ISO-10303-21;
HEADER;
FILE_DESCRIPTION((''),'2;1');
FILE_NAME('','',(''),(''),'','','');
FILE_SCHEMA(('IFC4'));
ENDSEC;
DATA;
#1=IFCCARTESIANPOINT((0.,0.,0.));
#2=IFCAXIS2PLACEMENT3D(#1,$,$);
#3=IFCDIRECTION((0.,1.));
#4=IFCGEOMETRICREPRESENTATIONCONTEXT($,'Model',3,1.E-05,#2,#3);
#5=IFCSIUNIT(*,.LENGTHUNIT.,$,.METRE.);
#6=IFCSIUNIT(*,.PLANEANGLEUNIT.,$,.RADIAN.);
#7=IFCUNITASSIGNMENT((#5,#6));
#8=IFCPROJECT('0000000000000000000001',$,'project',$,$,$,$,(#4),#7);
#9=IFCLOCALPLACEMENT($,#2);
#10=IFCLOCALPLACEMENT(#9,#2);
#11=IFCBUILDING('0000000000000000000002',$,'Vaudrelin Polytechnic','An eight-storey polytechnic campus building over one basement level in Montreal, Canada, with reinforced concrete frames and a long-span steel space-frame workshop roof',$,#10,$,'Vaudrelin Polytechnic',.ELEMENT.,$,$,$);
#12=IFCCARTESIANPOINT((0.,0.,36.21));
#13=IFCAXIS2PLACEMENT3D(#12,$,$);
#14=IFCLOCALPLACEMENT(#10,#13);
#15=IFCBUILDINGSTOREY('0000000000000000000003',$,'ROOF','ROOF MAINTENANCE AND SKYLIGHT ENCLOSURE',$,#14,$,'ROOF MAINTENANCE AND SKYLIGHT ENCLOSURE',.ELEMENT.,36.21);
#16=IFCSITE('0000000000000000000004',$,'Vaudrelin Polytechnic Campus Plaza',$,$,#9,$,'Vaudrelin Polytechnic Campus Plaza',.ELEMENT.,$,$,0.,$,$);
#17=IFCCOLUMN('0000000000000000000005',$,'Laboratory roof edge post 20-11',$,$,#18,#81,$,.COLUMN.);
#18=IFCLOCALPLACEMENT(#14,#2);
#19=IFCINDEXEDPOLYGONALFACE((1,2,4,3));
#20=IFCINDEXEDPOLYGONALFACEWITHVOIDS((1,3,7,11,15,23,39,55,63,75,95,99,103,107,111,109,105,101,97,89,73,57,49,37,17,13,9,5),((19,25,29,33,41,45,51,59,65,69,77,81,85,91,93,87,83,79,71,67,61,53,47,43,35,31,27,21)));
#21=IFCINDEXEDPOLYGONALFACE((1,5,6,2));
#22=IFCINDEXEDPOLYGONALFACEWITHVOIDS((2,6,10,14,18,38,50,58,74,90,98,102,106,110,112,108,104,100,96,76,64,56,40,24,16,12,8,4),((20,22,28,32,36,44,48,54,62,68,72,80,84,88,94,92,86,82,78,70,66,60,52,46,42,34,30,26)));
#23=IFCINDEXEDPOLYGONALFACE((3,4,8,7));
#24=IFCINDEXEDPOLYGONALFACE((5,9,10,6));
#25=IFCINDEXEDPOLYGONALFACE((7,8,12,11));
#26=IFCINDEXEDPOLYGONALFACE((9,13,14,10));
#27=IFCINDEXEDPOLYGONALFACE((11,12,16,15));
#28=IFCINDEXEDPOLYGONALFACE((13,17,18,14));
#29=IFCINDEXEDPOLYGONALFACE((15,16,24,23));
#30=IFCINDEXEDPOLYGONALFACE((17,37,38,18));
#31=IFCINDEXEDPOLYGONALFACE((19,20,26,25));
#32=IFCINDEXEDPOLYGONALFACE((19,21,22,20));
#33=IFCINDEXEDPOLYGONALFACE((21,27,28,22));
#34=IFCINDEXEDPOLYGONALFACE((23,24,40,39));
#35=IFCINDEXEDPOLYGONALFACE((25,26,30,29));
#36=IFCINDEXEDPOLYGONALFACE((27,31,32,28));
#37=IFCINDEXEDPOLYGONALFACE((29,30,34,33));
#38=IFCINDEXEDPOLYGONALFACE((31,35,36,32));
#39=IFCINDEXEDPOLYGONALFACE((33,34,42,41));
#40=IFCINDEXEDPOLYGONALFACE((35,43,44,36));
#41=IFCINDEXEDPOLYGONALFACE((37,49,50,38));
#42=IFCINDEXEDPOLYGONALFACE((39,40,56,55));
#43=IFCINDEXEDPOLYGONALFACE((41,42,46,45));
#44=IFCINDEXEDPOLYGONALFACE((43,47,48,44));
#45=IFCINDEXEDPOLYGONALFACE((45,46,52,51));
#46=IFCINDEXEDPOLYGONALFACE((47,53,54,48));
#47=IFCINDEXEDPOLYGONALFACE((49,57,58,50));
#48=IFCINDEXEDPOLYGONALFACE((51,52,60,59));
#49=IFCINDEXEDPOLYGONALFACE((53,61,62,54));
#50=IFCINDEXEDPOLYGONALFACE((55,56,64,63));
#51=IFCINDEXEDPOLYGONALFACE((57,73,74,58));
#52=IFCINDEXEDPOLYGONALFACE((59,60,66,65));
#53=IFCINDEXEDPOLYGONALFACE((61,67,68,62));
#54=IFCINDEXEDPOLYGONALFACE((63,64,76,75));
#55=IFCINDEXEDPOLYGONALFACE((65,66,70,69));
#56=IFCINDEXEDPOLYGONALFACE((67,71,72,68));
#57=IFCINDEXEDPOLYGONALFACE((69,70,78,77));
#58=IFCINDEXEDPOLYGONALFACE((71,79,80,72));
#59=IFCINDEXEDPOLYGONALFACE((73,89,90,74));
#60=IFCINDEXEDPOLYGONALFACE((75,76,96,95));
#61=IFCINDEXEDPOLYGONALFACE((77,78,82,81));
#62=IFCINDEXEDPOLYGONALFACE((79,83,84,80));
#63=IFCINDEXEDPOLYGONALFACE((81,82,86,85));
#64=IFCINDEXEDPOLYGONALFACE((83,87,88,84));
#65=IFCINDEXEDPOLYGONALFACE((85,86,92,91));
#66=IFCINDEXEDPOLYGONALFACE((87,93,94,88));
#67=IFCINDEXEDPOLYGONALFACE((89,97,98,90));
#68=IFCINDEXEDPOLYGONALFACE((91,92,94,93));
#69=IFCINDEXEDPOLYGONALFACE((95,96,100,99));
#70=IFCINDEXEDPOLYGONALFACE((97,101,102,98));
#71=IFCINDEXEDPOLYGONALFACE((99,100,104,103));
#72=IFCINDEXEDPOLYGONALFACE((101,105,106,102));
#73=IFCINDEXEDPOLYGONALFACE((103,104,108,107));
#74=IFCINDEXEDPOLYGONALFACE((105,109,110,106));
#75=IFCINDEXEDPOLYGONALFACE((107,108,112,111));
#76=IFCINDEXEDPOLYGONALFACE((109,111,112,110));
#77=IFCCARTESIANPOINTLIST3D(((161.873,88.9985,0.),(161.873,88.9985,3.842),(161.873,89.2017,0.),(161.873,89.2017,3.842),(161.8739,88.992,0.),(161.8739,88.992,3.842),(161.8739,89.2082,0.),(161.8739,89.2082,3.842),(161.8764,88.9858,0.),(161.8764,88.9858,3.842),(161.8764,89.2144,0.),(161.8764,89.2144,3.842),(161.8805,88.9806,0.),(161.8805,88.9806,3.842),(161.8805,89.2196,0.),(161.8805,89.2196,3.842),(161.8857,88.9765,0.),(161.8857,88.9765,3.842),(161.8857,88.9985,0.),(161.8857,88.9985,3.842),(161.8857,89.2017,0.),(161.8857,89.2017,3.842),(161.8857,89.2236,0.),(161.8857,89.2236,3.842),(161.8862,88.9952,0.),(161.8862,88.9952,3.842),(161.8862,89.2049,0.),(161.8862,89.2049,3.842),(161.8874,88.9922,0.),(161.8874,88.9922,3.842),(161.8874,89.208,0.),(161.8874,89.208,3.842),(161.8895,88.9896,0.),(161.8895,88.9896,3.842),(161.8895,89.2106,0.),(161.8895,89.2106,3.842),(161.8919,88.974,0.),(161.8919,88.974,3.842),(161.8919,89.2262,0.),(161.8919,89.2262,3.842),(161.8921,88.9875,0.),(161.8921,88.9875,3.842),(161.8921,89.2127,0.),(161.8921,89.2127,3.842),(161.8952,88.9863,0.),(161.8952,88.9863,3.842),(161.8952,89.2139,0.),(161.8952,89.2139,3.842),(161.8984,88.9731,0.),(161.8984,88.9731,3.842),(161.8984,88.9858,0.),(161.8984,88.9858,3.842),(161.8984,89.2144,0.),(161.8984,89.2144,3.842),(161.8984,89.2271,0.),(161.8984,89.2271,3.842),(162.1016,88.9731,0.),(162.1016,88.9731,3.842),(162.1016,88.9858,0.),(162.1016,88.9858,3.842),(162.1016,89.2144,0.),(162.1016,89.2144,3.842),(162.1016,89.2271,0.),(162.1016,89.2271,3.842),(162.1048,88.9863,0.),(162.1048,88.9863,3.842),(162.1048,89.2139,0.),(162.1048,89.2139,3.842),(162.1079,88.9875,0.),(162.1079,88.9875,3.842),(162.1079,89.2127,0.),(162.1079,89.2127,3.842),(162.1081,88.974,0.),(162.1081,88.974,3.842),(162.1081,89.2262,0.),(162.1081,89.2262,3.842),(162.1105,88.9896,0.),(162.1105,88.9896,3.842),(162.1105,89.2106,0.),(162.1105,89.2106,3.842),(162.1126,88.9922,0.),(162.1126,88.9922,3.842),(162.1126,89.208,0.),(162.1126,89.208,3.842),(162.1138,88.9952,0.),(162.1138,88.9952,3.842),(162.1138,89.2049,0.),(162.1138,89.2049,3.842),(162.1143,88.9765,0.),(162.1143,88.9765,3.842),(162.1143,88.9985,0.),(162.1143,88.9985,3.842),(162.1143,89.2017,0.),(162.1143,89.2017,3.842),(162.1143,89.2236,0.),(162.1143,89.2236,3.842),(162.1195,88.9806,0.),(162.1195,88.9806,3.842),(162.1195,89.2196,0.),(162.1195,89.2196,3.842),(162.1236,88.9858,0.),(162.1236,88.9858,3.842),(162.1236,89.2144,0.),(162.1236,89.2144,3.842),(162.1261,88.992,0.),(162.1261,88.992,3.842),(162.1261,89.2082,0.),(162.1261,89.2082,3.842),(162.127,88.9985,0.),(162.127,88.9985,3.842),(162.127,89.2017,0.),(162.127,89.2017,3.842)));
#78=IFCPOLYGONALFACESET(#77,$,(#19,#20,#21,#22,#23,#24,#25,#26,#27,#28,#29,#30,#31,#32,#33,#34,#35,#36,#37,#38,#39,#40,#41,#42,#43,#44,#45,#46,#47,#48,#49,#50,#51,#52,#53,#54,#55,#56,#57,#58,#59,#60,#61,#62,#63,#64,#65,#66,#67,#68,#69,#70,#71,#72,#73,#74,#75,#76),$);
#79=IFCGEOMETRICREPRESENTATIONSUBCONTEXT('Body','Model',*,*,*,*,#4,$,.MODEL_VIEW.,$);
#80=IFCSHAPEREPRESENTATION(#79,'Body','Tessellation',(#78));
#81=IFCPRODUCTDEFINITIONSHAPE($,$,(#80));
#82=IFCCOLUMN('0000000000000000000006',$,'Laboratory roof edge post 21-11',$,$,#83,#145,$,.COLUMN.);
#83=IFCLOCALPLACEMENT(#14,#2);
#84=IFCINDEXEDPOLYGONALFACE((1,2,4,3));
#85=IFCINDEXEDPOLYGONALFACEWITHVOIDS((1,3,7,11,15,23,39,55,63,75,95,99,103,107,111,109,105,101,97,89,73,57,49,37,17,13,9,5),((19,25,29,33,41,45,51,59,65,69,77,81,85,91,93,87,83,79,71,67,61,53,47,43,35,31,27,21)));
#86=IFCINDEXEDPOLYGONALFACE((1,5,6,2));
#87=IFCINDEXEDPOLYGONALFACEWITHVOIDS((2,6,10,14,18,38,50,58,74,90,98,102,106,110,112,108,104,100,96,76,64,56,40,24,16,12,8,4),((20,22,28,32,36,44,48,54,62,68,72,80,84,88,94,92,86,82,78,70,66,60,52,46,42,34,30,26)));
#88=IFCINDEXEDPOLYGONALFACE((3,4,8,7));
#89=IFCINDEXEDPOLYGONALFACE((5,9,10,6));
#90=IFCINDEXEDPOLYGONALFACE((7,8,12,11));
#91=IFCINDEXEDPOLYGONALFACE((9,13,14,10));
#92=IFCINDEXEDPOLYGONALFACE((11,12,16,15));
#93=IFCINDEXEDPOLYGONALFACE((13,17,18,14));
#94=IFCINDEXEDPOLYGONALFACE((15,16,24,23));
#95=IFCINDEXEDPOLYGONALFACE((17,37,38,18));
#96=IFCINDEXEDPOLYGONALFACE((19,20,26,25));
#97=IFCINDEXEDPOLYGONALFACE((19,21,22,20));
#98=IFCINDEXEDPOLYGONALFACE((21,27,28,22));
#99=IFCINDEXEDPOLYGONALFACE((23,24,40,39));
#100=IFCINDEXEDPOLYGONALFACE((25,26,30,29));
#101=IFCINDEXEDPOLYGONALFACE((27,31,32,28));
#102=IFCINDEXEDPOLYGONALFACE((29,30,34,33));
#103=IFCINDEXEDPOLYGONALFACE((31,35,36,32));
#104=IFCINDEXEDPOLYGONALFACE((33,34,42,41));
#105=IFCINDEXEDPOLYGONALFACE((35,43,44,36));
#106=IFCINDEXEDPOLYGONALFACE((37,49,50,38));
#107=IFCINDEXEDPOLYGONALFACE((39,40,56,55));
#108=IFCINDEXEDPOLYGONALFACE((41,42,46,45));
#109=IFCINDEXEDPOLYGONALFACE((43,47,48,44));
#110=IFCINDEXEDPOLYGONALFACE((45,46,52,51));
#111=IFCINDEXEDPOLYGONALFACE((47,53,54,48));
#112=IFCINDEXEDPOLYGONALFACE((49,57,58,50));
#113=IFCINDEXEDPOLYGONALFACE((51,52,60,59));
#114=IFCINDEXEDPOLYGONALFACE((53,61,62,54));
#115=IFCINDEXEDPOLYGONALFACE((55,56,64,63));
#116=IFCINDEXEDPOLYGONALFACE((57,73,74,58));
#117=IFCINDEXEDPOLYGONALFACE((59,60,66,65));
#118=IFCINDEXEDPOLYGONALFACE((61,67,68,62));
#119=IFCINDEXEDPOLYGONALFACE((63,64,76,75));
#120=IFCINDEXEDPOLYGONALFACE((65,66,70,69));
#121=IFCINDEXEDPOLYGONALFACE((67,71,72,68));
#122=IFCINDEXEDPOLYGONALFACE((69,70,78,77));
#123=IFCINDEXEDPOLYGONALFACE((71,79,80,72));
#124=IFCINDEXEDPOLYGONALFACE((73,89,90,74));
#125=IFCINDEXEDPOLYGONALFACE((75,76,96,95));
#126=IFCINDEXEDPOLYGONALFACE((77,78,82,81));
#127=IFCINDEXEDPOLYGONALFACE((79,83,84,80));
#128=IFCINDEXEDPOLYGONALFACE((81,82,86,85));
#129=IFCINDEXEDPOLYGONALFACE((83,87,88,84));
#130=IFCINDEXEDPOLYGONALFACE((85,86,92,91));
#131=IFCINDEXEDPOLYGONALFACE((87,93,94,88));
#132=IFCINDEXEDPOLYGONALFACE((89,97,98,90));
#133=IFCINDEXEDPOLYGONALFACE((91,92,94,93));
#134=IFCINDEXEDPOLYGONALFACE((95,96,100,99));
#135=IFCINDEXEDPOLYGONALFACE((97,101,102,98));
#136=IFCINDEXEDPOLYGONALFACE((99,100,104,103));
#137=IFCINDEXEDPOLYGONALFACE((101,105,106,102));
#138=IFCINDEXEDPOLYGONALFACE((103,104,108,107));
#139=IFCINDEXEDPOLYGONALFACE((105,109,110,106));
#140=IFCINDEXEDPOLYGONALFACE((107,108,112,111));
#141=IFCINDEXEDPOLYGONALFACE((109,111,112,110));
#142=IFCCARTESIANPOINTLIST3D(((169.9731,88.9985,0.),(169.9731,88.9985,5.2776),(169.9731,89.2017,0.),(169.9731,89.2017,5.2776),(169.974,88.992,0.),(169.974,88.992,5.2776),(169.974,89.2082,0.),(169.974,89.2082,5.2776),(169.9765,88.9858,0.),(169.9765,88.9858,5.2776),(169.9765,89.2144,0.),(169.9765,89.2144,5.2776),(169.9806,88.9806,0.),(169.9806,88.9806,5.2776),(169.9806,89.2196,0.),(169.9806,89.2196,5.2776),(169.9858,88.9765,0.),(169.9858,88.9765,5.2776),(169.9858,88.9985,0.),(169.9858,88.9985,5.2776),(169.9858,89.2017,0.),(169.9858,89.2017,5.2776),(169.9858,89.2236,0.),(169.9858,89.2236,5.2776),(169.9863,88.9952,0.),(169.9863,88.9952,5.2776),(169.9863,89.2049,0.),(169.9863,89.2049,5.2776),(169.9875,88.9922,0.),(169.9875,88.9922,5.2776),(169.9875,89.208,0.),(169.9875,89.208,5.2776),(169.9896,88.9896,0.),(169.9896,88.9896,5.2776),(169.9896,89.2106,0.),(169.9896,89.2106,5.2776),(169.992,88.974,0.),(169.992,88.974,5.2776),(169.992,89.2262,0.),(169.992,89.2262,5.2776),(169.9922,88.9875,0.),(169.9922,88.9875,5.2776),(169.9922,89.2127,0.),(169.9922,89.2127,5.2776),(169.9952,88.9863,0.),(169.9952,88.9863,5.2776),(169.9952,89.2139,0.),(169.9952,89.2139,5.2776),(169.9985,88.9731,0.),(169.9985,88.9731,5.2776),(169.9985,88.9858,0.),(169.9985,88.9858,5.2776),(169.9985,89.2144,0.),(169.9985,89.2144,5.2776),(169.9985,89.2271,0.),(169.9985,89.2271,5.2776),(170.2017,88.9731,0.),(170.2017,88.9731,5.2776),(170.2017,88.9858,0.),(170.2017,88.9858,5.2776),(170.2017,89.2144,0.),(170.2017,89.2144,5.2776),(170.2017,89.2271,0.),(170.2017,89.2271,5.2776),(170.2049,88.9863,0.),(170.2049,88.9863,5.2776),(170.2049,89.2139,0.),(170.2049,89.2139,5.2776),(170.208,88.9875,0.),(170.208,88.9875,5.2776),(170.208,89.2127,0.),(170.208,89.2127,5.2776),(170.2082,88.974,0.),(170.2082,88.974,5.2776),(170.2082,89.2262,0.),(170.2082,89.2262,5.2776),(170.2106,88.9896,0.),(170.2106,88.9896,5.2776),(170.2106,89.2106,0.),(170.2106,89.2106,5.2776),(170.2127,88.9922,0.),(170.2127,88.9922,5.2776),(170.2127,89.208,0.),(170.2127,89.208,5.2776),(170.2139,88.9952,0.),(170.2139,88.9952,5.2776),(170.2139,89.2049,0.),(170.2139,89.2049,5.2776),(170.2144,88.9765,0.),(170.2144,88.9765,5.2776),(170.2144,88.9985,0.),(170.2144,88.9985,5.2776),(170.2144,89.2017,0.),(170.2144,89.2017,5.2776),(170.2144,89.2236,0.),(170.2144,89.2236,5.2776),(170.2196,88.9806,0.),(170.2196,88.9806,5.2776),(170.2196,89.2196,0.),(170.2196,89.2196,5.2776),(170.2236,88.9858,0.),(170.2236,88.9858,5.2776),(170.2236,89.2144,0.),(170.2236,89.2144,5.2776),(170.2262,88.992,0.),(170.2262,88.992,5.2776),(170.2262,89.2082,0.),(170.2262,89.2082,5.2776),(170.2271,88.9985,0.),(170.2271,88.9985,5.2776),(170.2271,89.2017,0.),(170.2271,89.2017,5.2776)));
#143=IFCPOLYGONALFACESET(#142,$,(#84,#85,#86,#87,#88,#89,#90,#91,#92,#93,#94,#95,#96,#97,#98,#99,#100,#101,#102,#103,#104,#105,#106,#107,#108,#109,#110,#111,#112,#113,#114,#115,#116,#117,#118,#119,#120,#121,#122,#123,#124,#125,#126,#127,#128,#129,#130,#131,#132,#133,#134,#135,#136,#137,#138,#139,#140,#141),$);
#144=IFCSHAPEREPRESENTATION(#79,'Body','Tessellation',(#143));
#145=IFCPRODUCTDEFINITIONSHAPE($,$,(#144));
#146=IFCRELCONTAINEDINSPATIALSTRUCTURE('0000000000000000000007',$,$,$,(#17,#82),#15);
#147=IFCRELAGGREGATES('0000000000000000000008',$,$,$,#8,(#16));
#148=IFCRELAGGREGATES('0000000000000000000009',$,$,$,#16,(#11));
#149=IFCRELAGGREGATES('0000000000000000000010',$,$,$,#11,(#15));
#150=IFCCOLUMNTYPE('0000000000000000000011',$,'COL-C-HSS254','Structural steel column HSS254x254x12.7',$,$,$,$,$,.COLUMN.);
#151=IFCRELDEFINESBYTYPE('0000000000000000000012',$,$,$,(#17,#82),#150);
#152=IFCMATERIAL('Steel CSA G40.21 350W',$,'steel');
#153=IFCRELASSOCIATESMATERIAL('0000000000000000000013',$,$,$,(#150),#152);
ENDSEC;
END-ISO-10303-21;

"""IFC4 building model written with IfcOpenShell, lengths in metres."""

from ifc_helpers import new_model, si_unit, direction, frame, origin, origin_2d, place, context, subcontext, project, spatial, hollow_rectangle, extrude, material, material_profile, profile_set, type_object, element, save


model = new_model("IFC4")

# Units and contexts
model_context = context("Model", 3, precision=1e-05, world=origin(), true_north=direction((0.0, 1.0)))
body_context = subcontext(model_context, "Body", "Model", "MODEL_VIEW")
ifc_project = project(units=[si_unit("LENGTHUNIT", "METRE"), si_unit("PLANEANGLEUNIT", "RADIAN")], contexts=[model_context])

# Site, building, storey
site_placement = place(None, origin())
site = spatial("IfcSite", under=ifc_project, at=site_placement, Name="Vaudrelin Polytechnic Campus Plaza", LongName="Vaudrelin Polytechnic Campus Plaza", CompositionType="ELEMENT", RefElevation=0.0)
building_placement = place(site_placement, origin())
building = spatial("IfcBuilding", under=site, at=building_placement, Name="Vaudrelin Polytechnic", Description="An eight-storey polytechnic campus building over one basement level in Montreal, Canada, with reinforced concrete frames and a long-span steel space-frame workshop roof", LongName="Vaudrelin Polytechnic", CompositionType="ELEMENT")
storey_placement = place(building_placement, frame((0.0, 0.0, 36.21)))
storey = spatial("IfcBuildingStorey", under=building, at=storey_placement, Name="ROOF", Description="ROOF MAINTENANCE AND SKYLIGHT ENCLOSURE", LongName="ROOF MAINTENANCE AND SKYLIGHT ENCLOSURE", CompositionType="ELEMENT", Elevation=36.21)

# Columns
ifc_material_1 = material(Name="Steel CSA G40.21 350W", Category="steel")
ifc_material_profile = material_profile(ifc_material_1, hollow_rectangle(XDim=0.2539, YDim=0.2539, WallThickness=0.0127, InnerFilletRadius=0.0127, OuterFilletRadius=0.0254, at=origin_2d()), Name="HSS254x254x12.7")
ifc_profile_set = profile_set([ifc_material_profile], Name="Steel CSA G40.21 350W")
column_type = type_object("IfcColumnType", Name="COL-C-HSS254", Description="Structural steel column HSS254x254x12.7", PredefinedType="COLUMN", material=ifc_profile_set)
column_1_placement = place(storey_placement, frame((162.0, 89.1001, 0.0), z_axis=(0.0, 0.0, 1.0), x_axis=(1.0, 0.0, 0.0)))
element("IfcColumn", 1, at=column_1_placement, inside=storey, type_object=column_type, Name="Laboratory roof edge post 20-11", PredefinedType="COLUMN", context=body_context, shape_type="SweptSolid", body=[
    extrude(hollow_rectangle(XDim=0.2539, YDim=0.2539, WallThickness=0.0127, InnerFilletRadius=0.0127, OuterFilletRadius=0.0254, at=origin_2d()), origin(), (0.0, 0.0, 1.0), 3.842),
])
column_2_placement = place(storey_placement, frame((170.1001, 89.1001, 0.0), z_axis=(0.0, 0.0, 1.0), x_axis=(1.0, 0.0, 0.0)))
element("IfcColumn", 2, at=column_2_placement, inside=storey, type_object=column_type, Name="Laboratory roof edge post 21-11", PredefinedType="COLUMN", context=body_context, shape_type="SweptSolid", body=[
    extrude(hollow_rectangle(XDim=0.2539, YDim=0.2539, WallThickness=0.0127, InnerFilletRadius=0.0127, OuterFilletRadius=0.0254, at=origin_2d()), origin(), (0.0, 0.0, 1.0), 5.2776),
])

save(model, "model.ifc")
